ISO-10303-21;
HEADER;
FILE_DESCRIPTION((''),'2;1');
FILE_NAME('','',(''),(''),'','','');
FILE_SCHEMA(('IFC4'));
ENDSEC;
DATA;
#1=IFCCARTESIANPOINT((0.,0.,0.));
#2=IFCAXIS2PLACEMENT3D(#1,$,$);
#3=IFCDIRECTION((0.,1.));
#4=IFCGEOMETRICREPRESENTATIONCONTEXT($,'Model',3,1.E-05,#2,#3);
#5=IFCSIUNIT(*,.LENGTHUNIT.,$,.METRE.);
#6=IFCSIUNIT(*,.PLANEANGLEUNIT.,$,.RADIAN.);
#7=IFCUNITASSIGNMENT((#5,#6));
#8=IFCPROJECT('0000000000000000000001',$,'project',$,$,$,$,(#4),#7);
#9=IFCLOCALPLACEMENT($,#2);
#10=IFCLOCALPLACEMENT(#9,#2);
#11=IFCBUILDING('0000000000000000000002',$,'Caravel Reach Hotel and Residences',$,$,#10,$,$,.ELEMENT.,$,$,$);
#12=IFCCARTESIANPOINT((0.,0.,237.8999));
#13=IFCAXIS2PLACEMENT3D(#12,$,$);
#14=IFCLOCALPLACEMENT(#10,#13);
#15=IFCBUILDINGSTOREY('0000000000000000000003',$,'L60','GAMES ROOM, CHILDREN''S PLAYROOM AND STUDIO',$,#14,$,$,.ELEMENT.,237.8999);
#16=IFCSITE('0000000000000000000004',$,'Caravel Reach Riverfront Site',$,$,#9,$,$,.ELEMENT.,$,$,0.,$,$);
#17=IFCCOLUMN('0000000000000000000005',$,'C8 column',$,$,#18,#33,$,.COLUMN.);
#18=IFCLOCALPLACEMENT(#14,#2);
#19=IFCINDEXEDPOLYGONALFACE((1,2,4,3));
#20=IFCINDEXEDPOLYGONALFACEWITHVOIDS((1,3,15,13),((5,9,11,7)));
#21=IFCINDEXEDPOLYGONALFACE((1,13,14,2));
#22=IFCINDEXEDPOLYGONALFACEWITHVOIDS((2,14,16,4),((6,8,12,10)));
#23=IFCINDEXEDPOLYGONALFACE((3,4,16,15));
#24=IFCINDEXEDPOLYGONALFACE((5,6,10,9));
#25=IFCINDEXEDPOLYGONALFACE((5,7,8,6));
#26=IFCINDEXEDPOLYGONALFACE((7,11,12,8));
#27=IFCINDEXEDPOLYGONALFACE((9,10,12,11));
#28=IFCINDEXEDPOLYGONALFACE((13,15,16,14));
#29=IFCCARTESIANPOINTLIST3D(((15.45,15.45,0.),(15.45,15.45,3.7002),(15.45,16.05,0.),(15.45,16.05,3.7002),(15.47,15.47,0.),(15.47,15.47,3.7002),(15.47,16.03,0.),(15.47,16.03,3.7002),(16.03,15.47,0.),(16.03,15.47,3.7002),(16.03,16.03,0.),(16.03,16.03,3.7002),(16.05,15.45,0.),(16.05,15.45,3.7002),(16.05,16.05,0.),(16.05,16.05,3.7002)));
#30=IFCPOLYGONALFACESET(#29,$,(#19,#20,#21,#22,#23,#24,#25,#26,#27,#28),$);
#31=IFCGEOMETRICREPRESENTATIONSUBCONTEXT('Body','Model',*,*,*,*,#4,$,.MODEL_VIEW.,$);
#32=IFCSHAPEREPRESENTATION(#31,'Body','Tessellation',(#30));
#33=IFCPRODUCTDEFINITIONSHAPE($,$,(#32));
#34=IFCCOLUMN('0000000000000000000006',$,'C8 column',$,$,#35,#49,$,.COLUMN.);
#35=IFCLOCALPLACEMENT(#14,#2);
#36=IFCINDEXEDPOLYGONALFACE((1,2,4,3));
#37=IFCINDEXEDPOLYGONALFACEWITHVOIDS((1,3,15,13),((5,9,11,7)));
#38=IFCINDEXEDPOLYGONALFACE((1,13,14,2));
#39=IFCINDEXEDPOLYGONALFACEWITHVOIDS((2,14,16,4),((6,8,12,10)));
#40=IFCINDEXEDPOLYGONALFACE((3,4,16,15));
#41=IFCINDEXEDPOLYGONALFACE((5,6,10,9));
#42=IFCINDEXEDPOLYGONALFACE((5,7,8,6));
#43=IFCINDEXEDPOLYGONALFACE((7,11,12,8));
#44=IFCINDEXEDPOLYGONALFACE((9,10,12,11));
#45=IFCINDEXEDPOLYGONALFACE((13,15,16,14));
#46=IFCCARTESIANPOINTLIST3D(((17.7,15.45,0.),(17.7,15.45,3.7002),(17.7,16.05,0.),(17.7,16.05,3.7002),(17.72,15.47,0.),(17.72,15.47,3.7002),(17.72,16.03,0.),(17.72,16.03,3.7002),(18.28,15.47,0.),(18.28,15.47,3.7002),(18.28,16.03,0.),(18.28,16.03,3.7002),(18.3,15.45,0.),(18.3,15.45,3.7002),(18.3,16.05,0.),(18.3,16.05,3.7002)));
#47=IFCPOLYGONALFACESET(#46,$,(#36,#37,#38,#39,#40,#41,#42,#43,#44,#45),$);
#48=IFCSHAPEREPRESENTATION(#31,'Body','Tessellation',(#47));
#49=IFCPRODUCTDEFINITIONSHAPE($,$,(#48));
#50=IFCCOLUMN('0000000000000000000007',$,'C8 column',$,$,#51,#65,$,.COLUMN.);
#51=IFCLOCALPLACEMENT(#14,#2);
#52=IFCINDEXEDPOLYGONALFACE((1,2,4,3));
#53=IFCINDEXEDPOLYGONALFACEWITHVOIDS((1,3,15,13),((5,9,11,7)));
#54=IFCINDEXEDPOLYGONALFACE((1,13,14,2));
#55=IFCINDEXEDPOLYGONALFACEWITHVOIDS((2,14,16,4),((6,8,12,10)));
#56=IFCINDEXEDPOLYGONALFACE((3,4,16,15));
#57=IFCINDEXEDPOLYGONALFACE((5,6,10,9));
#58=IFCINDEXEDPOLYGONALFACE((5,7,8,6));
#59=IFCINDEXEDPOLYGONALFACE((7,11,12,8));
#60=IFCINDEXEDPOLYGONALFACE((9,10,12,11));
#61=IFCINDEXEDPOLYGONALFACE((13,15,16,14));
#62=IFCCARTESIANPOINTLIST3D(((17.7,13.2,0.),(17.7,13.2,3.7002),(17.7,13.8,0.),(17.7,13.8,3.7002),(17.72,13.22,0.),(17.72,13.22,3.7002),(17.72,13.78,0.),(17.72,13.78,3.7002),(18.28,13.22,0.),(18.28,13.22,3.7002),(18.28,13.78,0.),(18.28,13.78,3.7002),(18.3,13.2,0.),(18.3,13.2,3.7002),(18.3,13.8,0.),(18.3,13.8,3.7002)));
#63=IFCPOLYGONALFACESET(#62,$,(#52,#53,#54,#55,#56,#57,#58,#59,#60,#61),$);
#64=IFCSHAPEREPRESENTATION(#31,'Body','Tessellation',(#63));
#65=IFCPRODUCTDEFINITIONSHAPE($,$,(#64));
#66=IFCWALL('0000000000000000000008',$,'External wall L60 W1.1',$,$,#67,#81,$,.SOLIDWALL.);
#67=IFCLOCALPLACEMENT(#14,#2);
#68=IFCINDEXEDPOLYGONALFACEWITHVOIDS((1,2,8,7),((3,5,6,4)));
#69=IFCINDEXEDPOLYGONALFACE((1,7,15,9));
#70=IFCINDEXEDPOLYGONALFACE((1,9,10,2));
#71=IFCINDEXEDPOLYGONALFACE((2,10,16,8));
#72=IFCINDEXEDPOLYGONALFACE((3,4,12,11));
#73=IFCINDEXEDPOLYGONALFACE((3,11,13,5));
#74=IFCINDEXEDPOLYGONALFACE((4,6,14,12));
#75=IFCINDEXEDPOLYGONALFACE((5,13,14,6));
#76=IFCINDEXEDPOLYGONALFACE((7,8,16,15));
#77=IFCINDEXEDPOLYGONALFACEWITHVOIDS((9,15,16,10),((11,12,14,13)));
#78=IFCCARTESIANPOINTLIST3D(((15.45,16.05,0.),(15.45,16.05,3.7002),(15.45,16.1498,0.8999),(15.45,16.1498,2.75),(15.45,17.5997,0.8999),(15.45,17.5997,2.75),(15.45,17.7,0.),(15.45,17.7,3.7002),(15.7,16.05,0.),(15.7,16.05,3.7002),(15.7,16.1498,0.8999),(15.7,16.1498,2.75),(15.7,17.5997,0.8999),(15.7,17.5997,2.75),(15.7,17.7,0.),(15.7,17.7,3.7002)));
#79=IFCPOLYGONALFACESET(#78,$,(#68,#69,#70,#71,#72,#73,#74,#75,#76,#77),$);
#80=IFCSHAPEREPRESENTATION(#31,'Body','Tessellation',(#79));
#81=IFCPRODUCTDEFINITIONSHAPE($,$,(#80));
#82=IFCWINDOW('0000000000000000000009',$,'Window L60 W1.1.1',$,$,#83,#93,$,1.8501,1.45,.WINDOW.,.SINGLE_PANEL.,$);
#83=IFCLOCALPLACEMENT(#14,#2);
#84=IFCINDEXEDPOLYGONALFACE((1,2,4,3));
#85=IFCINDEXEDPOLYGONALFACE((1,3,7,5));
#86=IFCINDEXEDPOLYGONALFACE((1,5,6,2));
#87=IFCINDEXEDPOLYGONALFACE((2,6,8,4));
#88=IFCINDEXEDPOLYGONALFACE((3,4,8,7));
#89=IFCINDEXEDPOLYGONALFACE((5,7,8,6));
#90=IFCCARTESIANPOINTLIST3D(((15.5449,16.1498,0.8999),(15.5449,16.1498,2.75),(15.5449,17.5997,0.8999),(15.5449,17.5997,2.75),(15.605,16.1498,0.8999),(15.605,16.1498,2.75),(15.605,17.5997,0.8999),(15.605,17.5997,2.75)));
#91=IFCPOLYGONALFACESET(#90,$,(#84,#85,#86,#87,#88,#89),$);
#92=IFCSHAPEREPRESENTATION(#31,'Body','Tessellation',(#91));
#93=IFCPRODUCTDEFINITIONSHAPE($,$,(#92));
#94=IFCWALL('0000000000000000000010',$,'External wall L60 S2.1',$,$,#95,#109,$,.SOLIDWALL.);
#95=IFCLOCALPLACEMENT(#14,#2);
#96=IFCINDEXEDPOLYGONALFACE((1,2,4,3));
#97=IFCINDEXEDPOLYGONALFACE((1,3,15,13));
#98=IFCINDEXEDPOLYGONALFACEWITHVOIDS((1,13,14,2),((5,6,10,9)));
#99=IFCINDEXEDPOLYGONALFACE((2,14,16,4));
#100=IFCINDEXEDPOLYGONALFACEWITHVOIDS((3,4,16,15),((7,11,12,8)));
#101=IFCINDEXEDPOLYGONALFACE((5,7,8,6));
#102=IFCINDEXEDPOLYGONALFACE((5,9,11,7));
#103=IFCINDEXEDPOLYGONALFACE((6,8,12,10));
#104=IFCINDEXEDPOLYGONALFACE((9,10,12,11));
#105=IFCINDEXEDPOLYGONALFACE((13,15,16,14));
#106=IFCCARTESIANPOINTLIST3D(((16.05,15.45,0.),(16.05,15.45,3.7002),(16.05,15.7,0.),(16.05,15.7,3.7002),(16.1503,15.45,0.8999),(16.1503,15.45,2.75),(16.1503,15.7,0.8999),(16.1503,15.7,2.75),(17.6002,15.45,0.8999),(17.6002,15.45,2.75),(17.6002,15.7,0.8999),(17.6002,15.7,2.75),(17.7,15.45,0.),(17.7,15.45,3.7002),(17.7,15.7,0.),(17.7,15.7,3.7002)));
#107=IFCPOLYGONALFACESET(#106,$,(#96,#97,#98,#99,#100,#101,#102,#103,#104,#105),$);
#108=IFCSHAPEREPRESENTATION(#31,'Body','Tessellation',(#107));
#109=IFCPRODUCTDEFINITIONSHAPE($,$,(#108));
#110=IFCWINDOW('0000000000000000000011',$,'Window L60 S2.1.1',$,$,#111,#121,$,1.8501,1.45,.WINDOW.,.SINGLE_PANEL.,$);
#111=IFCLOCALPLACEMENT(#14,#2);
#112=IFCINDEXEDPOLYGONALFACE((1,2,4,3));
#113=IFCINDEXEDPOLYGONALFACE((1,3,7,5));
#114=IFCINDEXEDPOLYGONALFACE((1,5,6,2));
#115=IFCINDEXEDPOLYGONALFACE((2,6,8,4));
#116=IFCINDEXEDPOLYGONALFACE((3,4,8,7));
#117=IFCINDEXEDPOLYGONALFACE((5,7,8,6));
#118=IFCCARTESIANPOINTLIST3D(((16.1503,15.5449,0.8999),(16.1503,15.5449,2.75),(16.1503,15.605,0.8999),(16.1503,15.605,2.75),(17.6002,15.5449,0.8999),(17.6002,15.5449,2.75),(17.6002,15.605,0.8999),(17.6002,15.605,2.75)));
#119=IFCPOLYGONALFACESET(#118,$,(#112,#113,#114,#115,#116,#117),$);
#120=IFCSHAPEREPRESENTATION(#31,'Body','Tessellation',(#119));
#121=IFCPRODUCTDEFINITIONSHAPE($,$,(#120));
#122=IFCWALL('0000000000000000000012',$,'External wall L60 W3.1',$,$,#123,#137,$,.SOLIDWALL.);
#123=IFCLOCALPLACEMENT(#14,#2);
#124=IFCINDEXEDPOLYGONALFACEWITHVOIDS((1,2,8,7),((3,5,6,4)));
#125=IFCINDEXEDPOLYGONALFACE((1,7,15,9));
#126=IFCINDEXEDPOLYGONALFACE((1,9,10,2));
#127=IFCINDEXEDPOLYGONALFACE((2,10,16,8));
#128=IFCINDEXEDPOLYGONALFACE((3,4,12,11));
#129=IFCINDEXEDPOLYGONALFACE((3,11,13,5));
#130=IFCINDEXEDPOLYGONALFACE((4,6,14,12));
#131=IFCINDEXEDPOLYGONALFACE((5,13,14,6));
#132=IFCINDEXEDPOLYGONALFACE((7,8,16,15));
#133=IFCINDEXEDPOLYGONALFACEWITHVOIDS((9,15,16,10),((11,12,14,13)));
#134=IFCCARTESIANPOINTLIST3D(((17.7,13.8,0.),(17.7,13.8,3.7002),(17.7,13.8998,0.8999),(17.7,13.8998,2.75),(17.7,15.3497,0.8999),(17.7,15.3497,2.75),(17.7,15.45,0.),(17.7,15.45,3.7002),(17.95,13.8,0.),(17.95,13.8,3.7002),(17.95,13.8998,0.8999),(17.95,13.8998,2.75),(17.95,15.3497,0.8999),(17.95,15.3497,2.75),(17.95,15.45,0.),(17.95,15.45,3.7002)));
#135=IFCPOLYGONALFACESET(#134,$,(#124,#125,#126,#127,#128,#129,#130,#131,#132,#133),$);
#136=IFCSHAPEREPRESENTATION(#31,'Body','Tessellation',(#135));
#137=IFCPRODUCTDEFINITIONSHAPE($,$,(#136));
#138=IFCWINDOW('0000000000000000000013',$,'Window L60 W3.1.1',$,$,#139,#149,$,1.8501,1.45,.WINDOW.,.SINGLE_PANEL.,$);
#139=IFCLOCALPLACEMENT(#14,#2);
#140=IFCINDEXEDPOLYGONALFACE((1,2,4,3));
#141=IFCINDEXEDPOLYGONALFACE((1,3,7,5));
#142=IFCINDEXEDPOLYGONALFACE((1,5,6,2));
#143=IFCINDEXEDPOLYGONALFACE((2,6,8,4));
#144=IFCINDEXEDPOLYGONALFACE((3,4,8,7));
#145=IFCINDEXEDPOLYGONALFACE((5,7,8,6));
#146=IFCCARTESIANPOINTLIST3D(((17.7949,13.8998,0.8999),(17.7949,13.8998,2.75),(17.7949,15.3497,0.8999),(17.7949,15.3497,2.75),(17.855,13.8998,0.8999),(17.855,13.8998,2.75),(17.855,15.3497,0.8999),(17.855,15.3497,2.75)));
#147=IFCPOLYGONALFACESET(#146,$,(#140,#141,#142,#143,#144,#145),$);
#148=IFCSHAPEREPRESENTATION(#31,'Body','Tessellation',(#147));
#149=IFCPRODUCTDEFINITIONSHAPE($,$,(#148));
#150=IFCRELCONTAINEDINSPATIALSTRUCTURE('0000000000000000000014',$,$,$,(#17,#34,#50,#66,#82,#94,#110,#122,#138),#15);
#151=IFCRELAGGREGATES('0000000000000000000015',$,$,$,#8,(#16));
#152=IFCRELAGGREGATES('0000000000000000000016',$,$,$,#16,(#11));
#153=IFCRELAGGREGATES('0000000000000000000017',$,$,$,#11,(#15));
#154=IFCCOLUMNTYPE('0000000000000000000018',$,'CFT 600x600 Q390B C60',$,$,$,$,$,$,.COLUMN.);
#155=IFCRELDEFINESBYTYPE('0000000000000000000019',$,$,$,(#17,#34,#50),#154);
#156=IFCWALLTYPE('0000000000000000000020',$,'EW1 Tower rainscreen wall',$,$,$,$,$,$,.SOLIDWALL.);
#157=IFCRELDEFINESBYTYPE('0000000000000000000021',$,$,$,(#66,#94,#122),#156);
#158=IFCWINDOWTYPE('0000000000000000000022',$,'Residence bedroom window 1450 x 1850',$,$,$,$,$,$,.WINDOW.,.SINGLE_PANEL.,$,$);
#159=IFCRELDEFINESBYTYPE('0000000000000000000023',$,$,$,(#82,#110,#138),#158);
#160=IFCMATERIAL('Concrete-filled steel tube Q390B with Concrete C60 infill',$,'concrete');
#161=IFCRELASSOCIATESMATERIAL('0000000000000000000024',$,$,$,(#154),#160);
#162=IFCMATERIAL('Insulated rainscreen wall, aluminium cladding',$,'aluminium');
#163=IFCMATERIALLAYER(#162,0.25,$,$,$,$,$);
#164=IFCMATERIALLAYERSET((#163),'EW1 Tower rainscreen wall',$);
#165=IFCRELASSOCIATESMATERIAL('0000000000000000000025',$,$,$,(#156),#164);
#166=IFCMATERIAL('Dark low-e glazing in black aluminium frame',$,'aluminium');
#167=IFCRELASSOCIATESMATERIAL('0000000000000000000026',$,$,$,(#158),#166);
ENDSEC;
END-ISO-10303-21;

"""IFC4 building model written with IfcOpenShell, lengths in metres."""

from ifc_helpers import new_model, si_unit, direction, frame, frame_2d, origin, origin_2d, place, context, subcontext, project, spatial, rectangle, hollow_rectangle, extrude, material, layer, layer_set, material_profile, profile_set, type_object, element, fill, save


model = new_model("IFC4")

# Units and contexts
model_context = context("Model", 3, precision=1e-05, world=origin(), true_north=direction((0.0, 1.0)))
body_context = subcontext(model_context, "Body", "Model", "MODEL_VIEW")
ifc_project = project(units=[si_unit("LENGTHUNIT", "METRE"), si_unit("PLANEANGLEUNIT", "RADIAN")], contexts=[model_context])

# Site, building, storey
site_placement = place(None, origin())
site = spatial("IfcSite", under=ifc_project, at=site_placement, Name="Caravel Reach Riverfront Site", CompositionType="ELEMENT", RefElevation=0.0)
building_placement = place(site_placement, origin())
building = spatial("IfcBuilding", under=site, at=building_placement, Name="Caravel Reach Hotel and Residences", CompositionType="ELEMENT")
storey_placement = place(building_placement, frame((0.0, 0.0, 237.8999)))
storey = spatial("IfcBuildingStorey", under=building, at=storey_placement, Name="L60", Description="GAMES ROOM, CHILDREN'S PLAYROOM AND STUDIO", CompositionType="ELEMENT", Elevation=237.8999)

# Columns
ifc_material_1 = material(Name="Concrete-filled steel tube Q390B with Concrete C60 infill", Category="concrete")
ifc_material_profile = material_profile(ifc_material_1, hollow_rectangle(XDim=0.6001, YDim=0.6001, WallThickness=0.02, at=origin_2d()), Name="RHS 600x600x20")
ifc_profile_set = profile_set([ifc_material_profile], Name="Concrete-filled steel tube Q390B with Concrete C60 infill")
column_type = type_object("IfcColumnType", Name="CFT 600x600 Q390B C60", PredefinedType="COLUMN", material=ifc_profile_set)
for number, where, z_axis, x_axis, name in (
    (1, (15.75, 15.75, 0.0), (0.0, 0.0, 1.0), (1.0, 0.0, 0.0), "C8 column"),
    (2, (18.0, 15.75, 0.0), (0.0, 0.0, 1.0), (1.0, 0.0, 0.0), "C8 column"),
    (3, (18.0, 13.5, 0.0), (0.0, 0.0, 1.0), (1.0, 0.0, 0.0), "C8 column"),
):
    element("IfcColumn", number, at=place(storey_placement, frame(where, z_axis=z_axis, x_axis=x_axis)), inside=storey, type_object=column_type, Name=name, PredefinedType="COLUMN", context=body_context, shape_type="SweptSolid", body=[
        extrude(hollow_rectangle(XDim=0.6001, YDim=0.6001, WallThickness=0.02, at=origin_2d()), origin(), (0.0, 0.0, 1.0), 3.7002),
    ])

# Walls, openings, windows
ifc_material_2 = material(Name="Insulated rainscreen wall, aluminium cladding", Category="aluminium")
ifc_layer_1 = layer(ifc_material_2, 0.25)
ifc_layer_set_1 = layer_set([ifc_layer_1], Name="EW1 Tower rainscreen wall")
wall_type_1 = type_object("IfcWallType", Name="EW1 Tower rainscreen wall", PredefinedType="SOLIDWALL", material=ifc_layer_set_1)
wall_1_placement = place(storey_placement, frame((15.575, 17.7, 0.0), z_axis=(0.0, 0.0, 1.0), x_axis=(0.0, -1.0, 0.0)))
wall_1 = element("IfcWall", 4, at=wall_1_placement, inside=storey, type_object=wall_type_1, Name="External wall L60 W1.1", PredefinedType="SOLIDWALL", context=body_context, shape_type="SweptSolid", body=[
    extrude(rectangle(XDim=1.6499, YDim=0.25, at=frame_2d((0.825, 0.0))), origin(), (0.0, 0.0, 1.0), 3.7002),
])
opening_1_placement = place(wall_1_placement, frame((0.1001, 0.0, 0.8999)))
opening_1 = element("IfcOpeningElement", 5, at=opening_1_placement, cuts=wall_1, PredefinedType="OPENING", context=body_context, shape_type="SweptSolid", body=[
    extrude(rectangle(XDim=1.45, YDim=1.8501, at=frame_2d((0.7251, 0.925))), frame((0.0, 0.135, 0.0), z_axis=(0.0, -1.0, 0.0), x_axis=(1.0, 0.0, 0.0)), (0.0, 0.0, 1.0), 0.27),
])
ifc_material_3 = material(Name="Dark low-e glazing in black aluminium frame", Category="aluminium")
window_type_1 = type_object("IfcWindowType", Name="Residence bedroom window 1450 x 1850", PartitioningType="SINGLE_PANEL", PredefinedType="WINDOW", material=ifc_material_3)
window_1_placement = place(opening_1_placement, origin())
window_1 = element("IfcWindow", 6, at=window_1_placement, inside=storey, type_object=window_type_1, Name="Window L60 W1.1.1", OverallHeight=1.8501, OverallWidth=1.45, PartitioningType="SINGLE_PANEL", PredefinedType="WINDOW", context=body_context, shape_type="SweptSolid", body=[
    extrude(rectangle(XDim=1.45, YDim=1.8501, at=frame_2d((0.7251, 0.925))), frame((0.0, 0.03, 0.0), z_axis=(0.0, -1.0, 0.0), x_axis=(1.0, 0.0, 0.0)), (0.0, 0.0, 1.0), 0.0601),
])
fill(opening_1, window_1)
wall_2_placement = place(storey_placement, frame((16.05, 15.575, 0.0), z_axis=(0.0, 0.0, 1.0), x_axis=(1.0, 0.0, 0.0)))
wall_2 = element("IfcWall", 7, at=wall_2_placement, inside=storey, type_object=wall_type_1, Name="External wall L60 S2.1", PredefinedType="SOLIDWALL", context=body_context, shape_type="SweptSolid", body=[
    extrude(rectangle(XDim=1.6499, YDim=0.25, at=frame_2d((0.825, 0.0))), origin(), (0.0, 0.0, 1.0), 3.7002),
])
opening_2_placement = place(wall_2_placement, frame((0.1001, 0.0, 0.8999)))
opening_2 = element("IfcOpeningElement", 8, at=opening_2_placement, cuts=wall_2, PredefinedType="OPENING", context=body_context, shape_type="SweptSolid", body=[
    extrude(rectangle(XDim=1.45, YDim=1.8501, at=frame_2d((0.7251, 0.925))), frame((0.0, 0.135, 0.0), z_axis=(0.0, -1.0, 0.0), x_axis=(1.0, 0.0, 0.0)), (0.0, 0.0, 1.0), 0.27),
])
window_2_placement = place(opening_2_placement, origin())
window_2 = element("IfcWindow", 9, at=window_2_placement, inside=storey, type_object=window_type_1, Name="Window L60 S2.1.1", OverallHeight=1.8501, OverallWidth=1.45, PartitioningType="SINGLE_PANEL", PredefinedType="WINDOW", context=body_context, shape_type="SweptSolid", body=[
    extrude(rectangle(XDim=1.45, YDim=1.8501, at=frame_2d((0.7251, 0.925))), frame((0.0, 0.03, 0.0), z_axis=(0.0, -1.0, 0.0), x_axis=(1.0, 0.0, 0.0)), (0.0, 0.0, 1.0), 0.0601),
])
fill(opening_2, window_2)
wall_3_placement = place(storey_placement, frame((17.825, 15.45, 0.0), z_axis=(0.0, 0.0, 1.0), x_axis=(0.0, -1.0, 0.0)))
wall_3 = element("IfcWall", 10, at=wall_3_placement, inside=storey, type_object=wall_type_1, Name="External wall L60 W3.1", PredefinedType="SOLIDWALL", context=body_context, shape_type="SweptSolid", body=[
    extrude(rectangle(XDim=1.6499, YDim=0.25, at=frame_2d((0.825, 0.0))), origin(), (0.0, 0.0, 1.0), 3.7002),
])
opening_3_placement = place(wall_3_placement, frame((0.1001, 0.0, 0.8999)))
opening_3 = element("IfcOpeningElement", 11, at=opening_3_placement, cuts=wall_3, PredefinedType="OPENING", context=body_context, shape_type="SweptSolid", body=[
    extrude(rectangle(XDim=1.45, YDim=1.8501, at=frame_2d((0.7251, 0.925))), frame((0.0, 0.135, 0.0), z_axis=(0.0, -1.0, 0.0), x_axis=(1.0, 0.0, 0.0)), (0.0, 0.0, 1.0), 0.27),
])
window_3_placement = place(opening_3_placement, origin())
window_3 = element("IfcWindow", 12, at=window_3_placement, inside=storey, type_object=window_type_1, Name="Window L60 W3.1.1", OverallHeight=1.8501, OverallWidth=1.45, PartitioningType="SINGLE_PANEL", PredefinedType="WINDOW", context=body_context, shape_type="SweptSolid", body=[
    extrude(rectangle(XDim=1.45, YDim=1.8501, at=frame_2d((0.7251, 0.925))), frame((0.0, 0.03, 0.0), z_axis=(0.0, -1.0, 0.0), x_axis=(1.0, 0.0, 0.0)), (0.0, 0.0, 1.0), 0.0601),
])
fill(opening_3, window_3)

save(model, "model.ifc")
